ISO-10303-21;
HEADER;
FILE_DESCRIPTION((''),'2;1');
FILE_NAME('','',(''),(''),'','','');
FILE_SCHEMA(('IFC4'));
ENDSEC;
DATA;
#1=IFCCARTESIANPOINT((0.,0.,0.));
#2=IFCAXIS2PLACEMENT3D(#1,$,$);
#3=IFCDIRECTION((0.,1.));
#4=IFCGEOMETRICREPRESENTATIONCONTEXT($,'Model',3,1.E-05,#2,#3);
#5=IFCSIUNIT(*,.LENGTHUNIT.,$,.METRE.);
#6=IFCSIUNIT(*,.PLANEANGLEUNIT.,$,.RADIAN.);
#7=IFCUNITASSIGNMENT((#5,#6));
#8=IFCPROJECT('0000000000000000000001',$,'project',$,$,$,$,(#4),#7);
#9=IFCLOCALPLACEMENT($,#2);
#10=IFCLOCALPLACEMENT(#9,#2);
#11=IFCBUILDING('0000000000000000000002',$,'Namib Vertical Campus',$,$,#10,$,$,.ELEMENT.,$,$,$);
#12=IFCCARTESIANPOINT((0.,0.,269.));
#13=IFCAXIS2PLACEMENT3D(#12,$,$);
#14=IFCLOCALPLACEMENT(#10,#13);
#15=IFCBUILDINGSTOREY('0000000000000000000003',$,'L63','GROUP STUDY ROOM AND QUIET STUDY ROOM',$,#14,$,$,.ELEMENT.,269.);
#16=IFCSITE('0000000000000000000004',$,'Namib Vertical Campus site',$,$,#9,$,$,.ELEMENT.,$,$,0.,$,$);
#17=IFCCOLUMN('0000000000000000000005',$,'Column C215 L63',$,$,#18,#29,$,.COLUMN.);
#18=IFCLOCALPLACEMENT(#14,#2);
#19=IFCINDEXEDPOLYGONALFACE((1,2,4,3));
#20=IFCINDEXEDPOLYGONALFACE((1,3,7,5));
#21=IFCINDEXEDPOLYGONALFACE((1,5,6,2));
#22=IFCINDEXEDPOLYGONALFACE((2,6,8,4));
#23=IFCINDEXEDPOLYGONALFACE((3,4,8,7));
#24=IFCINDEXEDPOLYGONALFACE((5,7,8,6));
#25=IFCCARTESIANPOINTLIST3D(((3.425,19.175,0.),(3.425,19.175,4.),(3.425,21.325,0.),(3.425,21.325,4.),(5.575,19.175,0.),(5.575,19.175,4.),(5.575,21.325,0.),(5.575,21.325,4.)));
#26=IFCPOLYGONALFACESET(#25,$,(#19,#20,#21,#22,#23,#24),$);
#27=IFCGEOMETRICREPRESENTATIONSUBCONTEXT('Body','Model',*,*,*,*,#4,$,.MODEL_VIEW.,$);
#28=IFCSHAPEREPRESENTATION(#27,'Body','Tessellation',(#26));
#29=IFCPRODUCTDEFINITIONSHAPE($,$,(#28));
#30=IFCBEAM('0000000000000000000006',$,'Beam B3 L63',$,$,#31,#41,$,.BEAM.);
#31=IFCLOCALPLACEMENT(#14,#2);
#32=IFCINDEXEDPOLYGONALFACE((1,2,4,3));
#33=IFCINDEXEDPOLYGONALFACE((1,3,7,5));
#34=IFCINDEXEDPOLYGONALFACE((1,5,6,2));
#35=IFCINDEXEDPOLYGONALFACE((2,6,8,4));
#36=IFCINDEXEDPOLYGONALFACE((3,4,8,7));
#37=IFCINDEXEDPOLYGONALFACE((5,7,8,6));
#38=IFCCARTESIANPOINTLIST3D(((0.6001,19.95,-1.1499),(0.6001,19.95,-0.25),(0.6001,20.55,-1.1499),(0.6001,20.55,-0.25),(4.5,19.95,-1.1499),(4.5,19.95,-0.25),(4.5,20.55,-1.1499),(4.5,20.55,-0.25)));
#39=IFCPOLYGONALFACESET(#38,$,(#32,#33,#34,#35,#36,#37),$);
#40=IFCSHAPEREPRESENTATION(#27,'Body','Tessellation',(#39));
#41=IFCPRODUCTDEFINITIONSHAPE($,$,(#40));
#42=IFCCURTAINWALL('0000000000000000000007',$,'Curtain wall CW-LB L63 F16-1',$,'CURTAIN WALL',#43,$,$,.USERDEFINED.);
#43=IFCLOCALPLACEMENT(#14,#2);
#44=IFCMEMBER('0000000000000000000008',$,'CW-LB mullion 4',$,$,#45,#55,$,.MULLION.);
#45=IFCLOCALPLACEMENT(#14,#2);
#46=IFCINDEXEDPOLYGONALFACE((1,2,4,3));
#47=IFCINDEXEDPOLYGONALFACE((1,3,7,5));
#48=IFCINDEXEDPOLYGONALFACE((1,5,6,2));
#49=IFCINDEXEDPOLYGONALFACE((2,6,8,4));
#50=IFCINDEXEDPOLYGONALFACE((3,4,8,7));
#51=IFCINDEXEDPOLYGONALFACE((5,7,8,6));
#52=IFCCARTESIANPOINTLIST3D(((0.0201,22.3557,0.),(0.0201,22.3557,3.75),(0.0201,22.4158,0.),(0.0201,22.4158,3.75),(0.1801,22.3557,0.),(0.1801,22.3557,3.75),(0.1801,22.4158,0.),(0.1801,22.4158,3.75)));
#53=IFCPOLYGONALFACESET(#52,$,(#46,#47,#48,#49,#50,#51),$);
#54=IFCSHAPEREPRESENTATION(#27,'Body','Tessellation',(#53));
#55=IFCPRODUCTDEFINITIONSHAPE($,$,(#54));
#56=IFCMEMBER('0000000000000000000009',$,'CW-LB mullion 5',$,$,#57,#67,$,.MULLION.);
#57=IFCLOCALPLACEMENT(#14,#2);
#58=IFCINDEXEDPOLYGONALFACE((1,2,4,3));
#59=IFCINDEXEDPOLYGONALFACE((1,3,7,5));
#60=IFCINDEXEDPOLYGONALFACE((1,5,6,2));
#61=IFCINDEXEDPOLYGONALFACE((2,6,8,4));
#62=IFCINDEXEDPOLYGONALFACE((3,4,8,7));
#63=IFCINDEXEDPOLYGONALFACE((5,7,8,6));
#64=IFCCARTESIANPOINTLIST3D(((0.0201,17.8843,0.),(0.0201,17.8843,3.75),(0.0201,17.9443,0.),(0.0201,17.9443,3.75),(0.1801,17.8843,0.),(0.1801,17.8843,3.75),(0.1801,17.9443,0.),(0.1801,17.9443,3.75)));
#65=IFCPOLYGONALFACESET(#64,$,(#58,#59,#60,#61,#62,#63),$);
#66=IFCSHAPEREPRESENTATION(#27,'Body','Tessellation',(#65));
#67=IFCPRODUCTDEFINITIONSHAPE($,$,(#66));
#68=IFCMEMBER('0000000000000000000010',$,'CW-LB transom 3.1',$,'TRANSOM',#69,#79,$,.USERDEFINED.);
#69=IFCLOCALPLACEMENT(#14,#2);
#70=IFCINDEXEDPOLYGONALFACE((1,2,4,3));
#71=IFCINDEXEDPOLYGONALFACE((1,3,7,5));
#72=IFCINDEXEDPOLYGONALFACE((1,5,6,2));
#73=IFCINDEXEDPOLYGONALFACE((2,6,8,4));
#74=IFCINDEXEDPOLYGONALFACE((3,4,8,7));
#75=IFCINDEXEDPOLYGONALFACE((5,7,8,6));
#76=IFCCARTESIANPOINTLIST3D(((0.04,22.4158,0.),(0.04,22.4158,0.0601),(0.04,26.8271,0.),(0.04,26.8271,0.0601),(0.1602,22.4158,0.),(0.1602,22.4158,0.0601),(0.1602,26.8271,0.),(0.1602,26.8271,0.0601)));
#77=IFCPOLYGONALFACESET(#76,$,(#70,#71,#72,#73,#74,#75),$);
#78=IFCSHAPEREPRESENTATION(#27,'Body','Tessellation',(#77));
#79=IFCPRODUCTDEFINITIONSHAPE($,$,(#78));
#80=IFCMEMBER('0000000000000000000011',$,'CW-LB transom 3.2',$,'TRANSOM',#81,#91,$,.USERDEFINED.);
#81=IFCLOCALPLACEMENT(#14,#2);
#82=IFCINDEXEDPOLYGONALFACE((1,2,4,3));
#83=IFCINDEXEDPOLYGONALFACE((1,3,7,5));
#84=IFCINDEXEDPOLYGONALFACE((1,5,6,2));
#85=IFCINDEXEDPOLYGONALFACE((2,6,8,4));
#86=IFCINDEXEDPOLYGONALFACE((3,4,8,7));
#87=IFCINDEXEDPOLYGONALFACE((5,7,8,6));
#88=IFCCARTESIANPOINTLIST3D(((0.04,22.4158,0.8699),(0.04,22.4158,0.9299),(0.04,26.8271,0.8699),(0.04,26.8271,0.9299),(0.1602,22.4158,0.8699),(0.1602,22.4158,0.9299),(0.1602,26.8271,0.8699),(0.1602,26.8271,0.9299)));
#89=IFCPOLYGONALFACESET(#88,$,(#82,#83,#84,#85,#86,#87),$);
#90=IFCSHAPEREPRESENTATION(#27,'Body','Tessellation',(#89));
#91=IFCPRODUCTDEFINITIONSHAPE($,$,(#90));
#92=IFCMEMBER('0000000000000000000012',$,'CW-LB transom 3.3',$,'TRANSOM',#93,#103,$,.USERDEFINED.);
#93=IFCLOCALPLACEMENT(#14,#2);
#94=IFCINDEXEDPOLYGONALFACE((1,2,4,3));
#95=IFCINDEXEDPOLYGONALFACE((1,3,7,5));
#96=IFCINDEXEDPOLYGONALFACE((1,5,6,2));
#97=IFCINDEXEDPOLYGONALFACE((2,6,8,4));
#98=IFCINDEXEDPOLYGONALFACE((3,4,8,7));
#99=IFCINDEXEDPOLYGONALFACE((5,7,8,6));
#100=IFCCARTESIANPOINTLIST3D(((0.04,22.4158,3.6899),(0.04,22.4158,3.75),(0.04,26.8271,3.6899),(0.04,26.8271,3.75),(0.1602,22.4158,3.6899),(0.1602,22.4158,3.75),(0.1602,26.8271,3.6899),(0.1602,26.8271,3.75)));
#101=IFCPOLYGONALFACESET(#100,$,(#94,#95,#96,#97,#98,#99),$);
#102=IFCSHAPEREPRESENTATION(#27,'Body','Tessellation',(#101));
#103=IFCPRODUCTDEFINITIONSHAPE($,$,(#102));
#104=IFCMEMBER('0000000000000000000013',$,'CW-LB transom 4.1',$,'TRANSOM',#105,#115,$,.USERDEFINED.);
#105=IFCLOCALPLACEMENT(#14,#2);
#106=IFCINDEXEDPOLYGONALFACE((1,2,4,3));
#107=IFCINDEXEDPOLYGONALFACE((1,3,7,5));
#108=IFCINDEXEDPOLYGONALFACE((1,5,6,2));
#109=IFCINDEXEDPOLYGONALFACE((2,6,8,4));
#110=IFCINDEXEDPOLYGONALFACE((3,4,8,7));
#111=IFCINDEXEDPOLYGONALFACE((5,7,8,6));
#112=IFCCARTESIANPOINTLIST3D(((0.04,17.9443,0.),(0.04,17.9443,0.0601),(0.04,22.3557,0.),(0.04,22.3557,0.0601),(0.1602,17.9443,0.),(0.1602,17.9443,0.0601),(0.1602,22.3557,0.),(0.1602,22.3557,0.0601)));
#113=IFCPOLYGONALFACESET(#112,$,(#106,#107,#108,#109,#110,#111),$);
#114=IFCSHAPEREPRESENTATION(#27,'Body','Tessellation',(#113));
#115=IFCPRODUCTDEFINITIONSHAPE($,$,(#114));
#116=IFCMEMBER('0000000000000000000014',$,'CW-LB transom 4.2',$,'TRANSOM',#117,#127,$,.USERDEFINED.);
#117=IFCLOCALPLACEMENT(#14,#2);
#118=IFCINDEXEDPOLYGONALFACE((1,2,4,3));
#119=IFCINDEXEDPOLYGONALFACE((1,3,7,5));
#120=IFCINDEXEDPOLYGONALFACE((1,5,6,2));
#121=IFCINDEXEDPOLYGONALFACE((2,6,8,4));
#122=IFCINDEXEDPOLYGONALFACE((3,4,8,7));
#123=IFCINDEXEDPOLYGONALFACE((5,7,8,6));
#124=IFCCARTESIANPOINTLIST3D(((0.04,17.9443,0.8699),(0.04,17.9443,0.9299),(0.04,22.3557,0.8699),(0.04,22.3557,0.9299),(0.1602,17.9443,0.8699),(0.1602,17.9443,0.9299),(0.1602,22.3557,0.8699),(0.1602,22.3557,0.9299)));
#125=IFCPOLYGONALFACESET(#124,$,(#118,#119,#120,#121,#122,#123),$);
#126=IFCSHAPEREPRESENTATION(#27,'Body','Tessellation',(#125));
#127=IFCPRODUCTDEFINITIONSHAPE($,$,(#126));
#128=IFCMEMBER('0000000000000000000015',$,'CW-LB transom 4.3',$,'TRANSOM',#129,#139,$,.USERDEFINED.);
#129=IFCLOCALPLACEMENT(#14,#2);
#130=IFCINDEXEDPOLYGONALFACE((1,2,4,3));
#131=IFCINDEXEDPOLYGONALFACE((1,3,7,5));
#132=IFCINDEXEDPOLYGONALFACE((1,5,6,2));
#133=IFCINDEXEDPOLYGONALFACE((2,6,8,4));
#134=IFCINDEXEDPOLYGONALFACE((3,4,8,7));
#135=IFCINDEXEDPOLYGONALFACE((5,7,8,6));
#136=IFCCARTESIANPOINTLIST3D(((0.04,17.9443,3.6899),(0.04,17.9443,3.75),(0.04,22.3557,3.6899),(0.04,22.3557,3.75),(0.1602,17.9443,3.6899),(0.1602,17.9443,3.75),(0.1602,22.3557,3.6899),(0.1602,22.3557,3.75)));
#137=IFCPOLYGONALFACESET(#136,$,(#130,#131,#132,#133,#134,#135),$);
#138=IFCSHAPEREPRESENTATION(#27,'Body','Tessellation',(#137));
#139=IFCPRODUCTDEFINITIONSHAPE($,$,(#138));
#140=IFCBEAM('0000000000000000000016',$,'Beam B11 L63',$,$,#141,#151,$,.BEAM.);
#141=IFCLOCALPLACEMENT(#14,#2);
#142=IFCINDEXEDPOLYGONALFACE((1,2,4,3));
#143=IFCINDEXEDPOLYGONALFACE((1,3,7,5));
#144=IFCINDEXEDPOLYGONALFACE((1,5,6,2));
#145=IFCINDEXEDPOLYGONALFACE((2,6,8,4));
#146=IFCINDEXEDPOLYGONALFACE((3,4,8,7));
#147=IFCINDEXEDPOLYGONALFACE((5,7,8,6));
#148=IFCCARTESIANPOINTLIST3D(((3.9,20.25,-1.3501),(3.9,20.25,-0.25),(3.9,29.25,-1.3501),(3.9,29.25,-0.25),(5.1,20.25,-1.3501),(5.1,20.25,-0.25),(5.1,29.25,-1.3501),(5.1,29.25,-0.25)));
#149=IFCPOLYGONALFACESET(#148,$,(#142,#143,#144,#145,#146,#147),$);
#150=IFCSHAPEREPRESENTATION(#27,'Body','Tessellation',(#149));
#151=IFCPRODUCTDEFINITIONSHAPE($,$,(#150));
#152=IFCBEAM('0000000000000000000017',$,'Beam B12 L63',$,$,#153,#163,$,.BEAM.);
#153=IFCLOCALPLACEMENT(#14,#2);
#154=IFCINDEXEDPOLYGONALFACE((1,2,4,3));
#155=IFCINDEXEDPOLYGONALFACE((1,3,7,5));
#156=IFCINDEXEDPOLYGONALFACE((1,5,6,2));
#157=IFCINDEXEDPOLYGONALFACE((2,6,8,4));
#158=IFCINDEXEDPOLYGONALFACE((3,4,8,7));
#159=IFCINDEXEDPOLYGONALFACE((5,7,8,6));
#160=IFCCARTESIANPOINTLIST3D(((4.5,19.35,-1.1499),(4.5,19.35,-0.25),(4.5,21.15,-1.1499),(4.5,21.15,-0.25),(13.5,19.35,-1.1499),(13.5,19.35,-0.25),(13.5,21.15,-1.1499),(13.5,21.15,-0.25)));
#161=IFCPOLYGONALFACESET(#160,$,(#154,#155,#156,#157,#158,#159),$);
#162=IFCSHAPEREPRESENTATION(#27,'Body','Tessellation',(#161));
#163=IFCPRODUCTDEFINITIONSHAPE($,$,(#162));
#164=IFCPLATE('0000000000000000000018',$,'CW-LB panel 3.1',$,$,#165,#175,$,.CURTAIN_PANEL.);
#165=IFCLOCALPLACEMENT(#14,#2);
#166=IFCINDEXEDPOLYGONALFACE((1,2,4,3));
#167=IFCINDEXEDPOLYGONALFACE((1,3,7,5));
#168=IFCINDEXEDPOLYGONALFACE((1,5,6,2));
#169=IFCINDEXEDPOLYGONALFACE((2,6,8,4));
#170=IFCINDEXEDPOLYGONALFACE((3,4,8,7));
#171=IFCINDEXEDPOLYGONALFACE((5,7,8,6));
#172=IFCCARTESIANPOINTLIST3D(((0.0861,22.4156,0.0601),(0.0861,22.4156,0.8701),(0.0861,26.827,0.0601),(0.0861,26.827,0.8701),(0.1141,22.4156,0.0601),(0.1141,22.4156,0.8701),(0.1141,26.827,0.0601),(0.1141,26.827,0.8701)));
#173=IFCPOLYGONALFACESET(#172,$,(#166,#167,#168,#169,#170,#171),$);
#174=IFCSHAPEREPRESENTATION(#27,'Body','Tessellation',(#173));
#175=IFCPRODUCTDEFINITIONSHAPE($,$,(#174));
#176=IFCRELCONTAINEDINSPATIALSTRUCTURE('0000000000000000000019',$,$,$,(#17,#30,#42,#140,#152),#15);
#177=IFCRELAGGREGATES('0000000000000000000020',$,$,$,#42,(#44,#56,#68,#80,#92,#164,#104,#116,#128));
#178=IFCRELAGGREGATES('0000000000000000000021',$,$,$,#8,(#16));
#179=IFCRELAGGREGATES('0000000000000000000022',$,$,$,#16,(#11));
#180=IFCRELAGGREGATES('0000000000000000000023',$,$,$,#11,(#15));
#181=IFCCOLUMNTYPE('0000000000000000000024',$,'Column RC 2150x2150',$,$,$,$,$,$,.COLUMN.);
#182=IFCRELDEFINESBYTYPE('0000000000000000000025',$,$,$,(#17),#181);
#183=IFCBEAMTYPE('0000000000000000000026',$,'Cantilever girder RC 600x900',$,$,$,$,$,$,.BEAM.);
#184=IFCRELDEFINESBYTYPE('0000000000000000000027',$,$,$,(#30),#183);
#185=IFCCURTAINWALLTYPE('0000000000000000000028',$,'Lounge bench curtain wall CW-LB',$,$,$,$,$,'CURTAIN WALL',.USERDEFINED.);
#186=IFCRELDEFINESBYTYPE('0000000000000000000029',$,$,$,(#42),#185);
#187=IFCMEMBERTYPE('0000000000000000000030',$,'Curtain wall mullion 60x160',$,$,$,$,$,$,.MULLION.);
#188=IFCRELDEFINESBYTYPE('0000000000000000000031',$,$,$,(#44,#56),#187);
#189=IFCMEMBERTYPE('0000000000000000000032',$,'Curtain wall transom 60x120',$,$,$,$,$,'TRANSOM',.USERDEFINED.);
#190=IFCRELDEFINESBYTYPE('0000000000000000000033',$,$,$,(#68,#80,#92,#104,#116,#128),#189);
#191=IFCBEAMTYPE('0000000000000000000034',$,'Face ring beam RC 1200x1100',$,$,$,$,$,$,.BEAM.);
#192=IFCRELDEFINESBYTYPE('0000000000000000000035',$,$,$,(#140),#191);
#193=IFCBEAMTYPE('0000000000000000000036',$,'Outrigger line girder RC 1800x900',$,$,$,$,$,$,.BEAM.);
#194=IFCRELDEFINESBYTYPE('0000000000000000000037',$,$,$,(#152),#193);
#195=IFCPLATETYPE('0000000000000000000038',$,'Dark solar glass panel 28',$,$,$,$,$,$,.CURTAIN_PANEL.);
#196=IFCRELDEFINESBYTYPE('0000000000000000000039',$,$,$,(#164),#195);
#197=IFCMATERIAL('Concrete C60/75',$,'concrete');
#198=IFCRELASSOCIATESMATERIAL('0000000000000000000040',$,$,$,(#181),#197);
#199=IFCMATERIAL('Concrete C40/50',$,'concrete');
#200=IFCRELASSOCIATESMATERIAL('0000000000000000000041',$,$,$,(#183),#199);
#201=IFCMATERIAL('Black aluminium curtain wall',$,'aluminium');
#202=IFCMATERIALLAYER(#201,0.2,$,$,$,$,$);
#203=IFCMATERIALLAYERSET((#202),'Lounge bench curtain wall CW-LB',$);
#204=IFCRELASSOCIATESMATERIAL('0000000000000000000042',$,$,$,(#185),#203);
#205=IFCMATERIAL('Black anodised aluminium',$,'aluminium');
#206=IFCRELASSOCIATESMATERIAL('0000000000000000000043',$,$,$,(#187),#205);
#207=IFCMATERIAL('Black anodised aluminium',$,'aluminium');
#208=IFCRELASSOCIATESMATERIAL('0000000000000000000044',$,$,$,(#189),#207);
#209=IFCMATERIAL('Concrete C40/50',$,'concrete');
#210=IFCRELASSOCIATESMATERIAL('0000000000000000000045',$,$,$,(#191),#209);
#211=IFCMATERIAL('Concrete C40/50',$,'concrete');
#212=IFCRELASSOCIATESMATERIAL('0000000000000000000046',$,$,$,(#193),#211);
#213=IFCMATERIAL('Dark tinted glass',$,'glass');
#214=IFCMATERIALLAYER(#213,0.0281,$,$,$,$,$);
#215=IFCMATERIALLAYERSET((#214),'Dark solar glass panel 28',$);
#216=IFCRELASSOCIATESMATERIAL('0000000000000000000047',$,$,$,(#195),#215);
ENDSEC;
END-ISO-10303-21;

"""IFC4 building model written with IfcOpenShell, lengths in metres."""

from ifc_helpers import new_model, si_unit, direction, frame, origin, origin_2d, place, context, subcontext, project, spatial, rectangle, extrude, material, layer, layer_set, material_profile, profile_set, type_object, element, aggregate, save


model = new_model("IFC4")

# Units and contexts
model_context = context("Model", 3, precision=1e-05, world=origin(), true_north=direction((0.0, 1.0)))
body_context = subcontext(model_context, "Body", "Model", "MODEL_VIEW")
ifc_project = project(units=[si_unit("LENGTHUNIT", "METRE"), si_unit("PLANEANGLEUNIT", "RADIAN")], contexts=[model_context])

# Site, building, storey
site_placement = place(None, origin())
site = spatial("IfcSite", under=ifc_project, at=site_placement, Name="Namib Vertical Campus site", CompositionType="ELEMENT", RefElevation=0.0)
building_placement = place(site_placement, origin())
building = spatial("IfcBuilding", under=site, at=building_placement, Name="Namib Vertical Campus", CompositionType="ELEMENT")
storey_placement = place(building_placement, frame((0.0, 0.0, 269.0)))
storey = spatial("IfcBuildingStorey", under=building, at=storey_placement, Name="L63", Description="GROUP STUDY ROOM AND QUIET STUDY ROOM", CompositionType="ELEMENT", Elevation=269.0)

# Column
ifc_material_1 = material(Name="Concrete C60/75", Category="concrete")
ifc_material_profile_1 = material_profile(ifc_material_1, rectangle(XDim=2.1499, YDim=2.1499, at=origin_2d()))
ifc_profile_set_1 = profile_set([ifc_material_profile_1], Name="Concrete C60/75")
column_type = type_object("IfcColumnType", Name="Column RC 2150x2150", PredefinedType="COLUMN", material=ifc_profile_set_1)
column_placement = place(storey_placement, frame((4.5, 20.25, 0.0), z_axis=(0.0, 0.0, 1.0), x_axis=(1.0, 0.0, 0.0)))
element("IfcColumn", 1, at=column_placement, inside=storey, type_object=column_type, Name="Column C215 L63", PredefinedType="COLUMN", context=body_context, shape_type="SweptSolid", body=[
    extrude(rectangle(XDim=2.1499, YDim=2.1499, at=origin_2d()), origin(), (0.0, 0.0, 1.0), 4.0),
])

# Beam
ifc_material_2 = material(Name="Concrete C40/50", Category="concrete")
ifc_material_profile_2 = material_profile(ifc_material_2, rectangle(XDim=0.6001, YDim=0.8999, at=origin_2d()))
ifc_profile_set_2 = profile_set([ifc_material_profile_2], Name="Concrete C40/50")
beam_type_1 = type_object("IfcBeamType", Name="Cantilever girder RC 600x900", PredefinedType="BEAM", material=ifc_profile_set_2)
beam_1_placement = place(storey_placement, frame((4.5, 20.25, -0.7), z_axis=(-1.0, 0.0, 0.0), x_axis=(0.0, -1.0, 0.0)))
element("IfcBeam", 2, at=beam_1_placement, inside=storey, type_object=beam_type_1, Name="Beam B3 L63", PredefinedType="BEAM", context=body_context, shape_type="SweptSolid", body=[
    extrude(rectangle(XDim=0.6001, YDim=0.8999, at=origin_2d()), origin(), (0.0, 0.0, 1.0), 3.8999),
])

# Curtain wall, members
ifc_material_3 = material(Name="Black aluminium curtain wall", Category="aluminium")
ifc_layer_1 = layer(ifc_material_3, 0.2)
ifc_layer_set_1 = layer_set([ifc_layer_1], Name="Lounge bench curtain wall CW-LB")
curtain_wall_type = type_object("IfcCurtainWallType", Name="Lounge bench curtain wall CW-LB", ElementType="CURTAIN WALL", PredefinedType="USERDEFINED", material=ifc_layer_set_1)
curtain_wall_placement = place(storey_placement, origin())
curtain_wall = element("IfcCurtainWall", 3, at=curtain_wall_placement, inside=storey, type_object=curtain_wall_type, Name="Curtain wall CW-LB L63 F16-1", ObjectType="CURTAIN WALL", PredefinedType="USERDEFINED")
ifc_material_4 = material(Name="Black anodised aluminium", Category="aluminium")
ifc_material_profile_3 = material_profile(ifc_material_4, rectangle(XDim=0.0601, YDim=0.1599, at=origin_2d()))
ifc_profile_set_3 = profile_set([ifc_material_profile_3], Name="Black anodised aluminium")
member_type_1 = type_object("IfcMemberType", Name="Curtain wall mullion 60x160", PredefinedType="MULLION", material=ifc_profile_set_3)
member_1_placement = place(storey_placement, frame((0.1001, 22.3857, 0.0), z_axis=(0.0, 0.0, 1.0), x_axis=(0.0, -1.0, 0.0)))
member_1 = element("IfcMember", 4, at=member_1_placement, type_object=member_type_1, Name="CW-LB mullion 4", PredefinedType="MULLION", context=body_context, shape_type="SweptSolid", body=[
    extrude(rectangle(XDim=0.0601, YDim=0.1599, at=origin_2d()), origin(), (0.0, 0.0, 1.0), 3.75),
])
member_2_placement = place(storey_placement, frame((0.1001, 17.9143, 0.0), z_axis=(0.0, 0.0, 1.0), x_axis=(0.0, -1.0, 0.0)))
member_2 = element("IfcMember", 5, at=member_2_placement, type_object=member_type_1, Name="CW-LB mullion 5", PredefinedType="MULLION", context=body_context, shape_type="SweptSolid", body=[
    extrude(rectangle(XDim=0.0601, YDim=0.1599, at=origin_2d()), origin(), (0.0, 0.0, 1.0), 3.75),
])
ifc_material_5 = material(Name="Black anodised aluminium", Category="aluminium")
ifc_material_profile_4 = material_profile(ifc_material_5, rectangle(XDim=0.0601, YDim=0.1201, at=origin_2d()))
ifc_profile_set_4 = profile_set([ifc_material_profile_4], Name="Black anodised aluminium")
member_type_2 = type_object("IfcMemberType", Name="Curtain wall transom 60x120", ElementType="TRANSOM", PredefinedType="USERDEFINED", material=ifc_profile_set_4)
member_3_placement = place(storey_placement, frame((0.1001, 26.8271, 0.03), z_axis=(0.0, -1.0, 0.0), x_axis=(0.0, 0.0, 1.0)))
member_3 = element("IfcMember", 6, at=member_3_placement, type_object=member_type_2, Name="CW-LB transom 3.1", ObjectType="TRANSOM", PredefinedType="USERDEFINED", context=body_context, shape_type="SweptSolid", body=[
    extrude(rectangle(XDim=0.0601, YDim=0.1201, at=origin_2d()), origin(), (0.0, 0.0, 1.0), 4.4114),
])
member_4_placement = place(storey_placement, frame((0.1001, 26.8271, 0.8999), z_axis=(0.0, -1.0, 0.0), x_axis=(0.0, 0.0, 1.0)))
member_4 = element("IfcMember", 7, at=member_4_placement, type_object=member_type_2, Name="CW-LB transom 3.2", ObjectType="TRANSOM", PredefinedType="USERDEFINED", context=body_context, shape_type="SweptSolid", body=[
    extrude(rectangle(XDim=0.0601, YDim=0.1201, at=origin_2d()), origin(), (0.0, 0.0, 1.0), 4.4114),
])
member_5_placement = place(storey_placement, frame((0.1001, 26.8271, 3.72), z_axis=(0.0, -1.0, 0.0), x_axis=(0.0, 0.0, 1.0)))
member_5 = element("IfcMember", 8, at=member_5_placement, type_object=member_type_2, Name="CW-LB transom 3.3", ObjectType="TRANSOM", PredefinedType="USERDEFINED", context=body_context, shape_type="SweptSolid", body=[
    extrude(rectangle(XDim=0.0601, YDim=0.1201, at=origin_2d()), origin(), (0.0, 0.0, 1.0), 4.4114),
])
member_6_placement = place(storey_placement, frame((0.1001, 22.3557, 0.03), z_axis=(0.0, -1.0, 0.0), x_axis=(0.0, 0.0, 1.0)))
member_6 = element("IfcMember", 9, at=member_6_placement, type_object=member_type_2, Name="CW-LB transom 4.1", ObjectType="TRANSOM", PredefinedType="USERDEFINED", context=body_context, shape_type="SweptSolid", body=[
    extrude(rectangle(XDim=0.0601, YDim=0.1201, at=origin_2d()), origin(), (0.0, 0.0, 1.0), 4.4114),
])
member_7_placement = place(storey_placement, frame((0.1001, 22.3557, 0.8999), z_axis=(0.0, -1.0, 0.0), x_axis=(0.0, 0.0, 1.0)))
member_7 = element("IfcMember", 10, at=member_7_placement, type_object=member_type_2, Name="CW-LB transom 4.2", ObjectType="TRANSOM", PredefinedType="USERDEFINED", context=body_context, shape_type="SweptSolid", body=[
    extrude(rectangle(XDim=0.0601, YDim=0.1201, at=origin_2d()), origin(), (0.0, 0.0, 1.0), 4.4114),
])
member_8_placement = place(storey_placement, frame((0.1001, 22.3557, 3.72), z_axis=(0.0, -1.0, 0.0), x_axis=(0.0, 0.0, 1.0)))
member_8 = element("IfcMember", 11, at=member_8_placement, type_object=member_type_2, Name="CW-LB transom 4.3", ObjectType="TRANSOM", PredefinedType="USERDEFINED", context=body_context, shape_type="SweptSolid", body=[
    extrude(rectangle(XDim=0.0601, YDim=0.1201, at=origin_2d()), origin(), (0.0, 0.0, 1.0), 4.4114),
])

# Beams
ifc_material_6 = material(Name="Concrete C40/50", Category="concrete")
ifc_material_profile_5 = material_profile(ifc_material_6, rectangle(XDim=1.2, YDim=1.1001, at=origin_2d()))
ifc_profile_set_5 = profile_set([ifc_material_profile_5], Name="Concrete C40/50")
beam_type_2 = type_object("IfcBeamType", Name="Face ring beam RC 1200x1100", PredefinedType="BEAM", material=ifc_profile_set_5)
beam_2_placement = place(storey_placement, frame((4.5, 20.25, -0.8), z_axis=(0.0, 1.0, 0.0), x_axis=(-1.0, 0.0, 0.0)))
element("IfcBeam", 12, at=beam_2_placement, inside=storey, type_object=beam_type_2, Name="Beam B11 L63", PredefinedType="BEAM", context=body_context, shape_type="SweptSolid", body=[
    extrude(rectangle(XDim=1.2, YDim=1.1001, at=origin_2d()), origin(), (0.0, 0.0, 1.0), 9.0),
])
ifc_material_7 = material(Name="Concrete C40/50", Category="concrete")
ifc_material_profile_6 = material_profile(ifc_material_7, rectangle(XDim=1.8, YDim=0.8999, at=origin_2d()))
ifc_profile_set_6 = profile_set([ifc_material_profile_6], Name="Concrete C40/50")
beam_type_3 = type_object("IfcBeamType", Name="Outrigger line girder RC 1800x900", PredefinedType="BEAM", material=ifc_profile_set_6)
beam_3_placement = place(storey_placement, frame((4.5, 20.25, -0.7), z_axis=(1.0, 0.0, 0.0), x_axis=(0.0, 1.0, 0.0)))
element("IfcBeam", 13, at=beam_3_placement, inside=storey, type_object=beam_type_3, Name="Beam B12 L63", PredefinedType="BEAM", context=body_context, shape_type="SweptSolid", body=[
    extrude(rectangle(XDim=1.8, YDim=0.8999, at=origin_2d()), origin(), (0.0, 0.0, 1.0), 9.0),
])

# Plate
ifc_material_8 = material(Name="Dark tinted glass", Category="glass")
ifc_layer_2 = layer(ifc_material_8, 0.0281)
ifc_layer_set_2 = layer_set([ifc_layer_2], Name="Dark solar glass panel 28")
plate_type = type_object("IfcPlateType", Name="Dark solar glass panel 28", PredefinedType="CURTAIN_PANEL", material=ifc_layer_set_2)
plate_1_placement = place(storey_placement, frame((0.1001, 24.6213, 0.0601), z_axis=(0.0, 0.0, 1.0), x_axis=(0.0, -1.0, 0.0)))
plate_1 = element("IfcPlate", 14, at=plate_1_placement, type_object=plate_type, Name="CW-LB panel 3.1", PredefinedType="CURTAIN_PANEL", context=body_context, shape_type="SweptSolid", body=[
    extrude(rectangle(XDim=4.4114, YDim=0.0281, at=origin_2d()), origin(), (0.0, 0.0, 1.0), 0.8101),
])
aggregate(curtain_wall, [member_1, member_2, member_3, member_4, member_5, plate_1, member_6, member_7, member_8])

save(model, "model.ifc")
